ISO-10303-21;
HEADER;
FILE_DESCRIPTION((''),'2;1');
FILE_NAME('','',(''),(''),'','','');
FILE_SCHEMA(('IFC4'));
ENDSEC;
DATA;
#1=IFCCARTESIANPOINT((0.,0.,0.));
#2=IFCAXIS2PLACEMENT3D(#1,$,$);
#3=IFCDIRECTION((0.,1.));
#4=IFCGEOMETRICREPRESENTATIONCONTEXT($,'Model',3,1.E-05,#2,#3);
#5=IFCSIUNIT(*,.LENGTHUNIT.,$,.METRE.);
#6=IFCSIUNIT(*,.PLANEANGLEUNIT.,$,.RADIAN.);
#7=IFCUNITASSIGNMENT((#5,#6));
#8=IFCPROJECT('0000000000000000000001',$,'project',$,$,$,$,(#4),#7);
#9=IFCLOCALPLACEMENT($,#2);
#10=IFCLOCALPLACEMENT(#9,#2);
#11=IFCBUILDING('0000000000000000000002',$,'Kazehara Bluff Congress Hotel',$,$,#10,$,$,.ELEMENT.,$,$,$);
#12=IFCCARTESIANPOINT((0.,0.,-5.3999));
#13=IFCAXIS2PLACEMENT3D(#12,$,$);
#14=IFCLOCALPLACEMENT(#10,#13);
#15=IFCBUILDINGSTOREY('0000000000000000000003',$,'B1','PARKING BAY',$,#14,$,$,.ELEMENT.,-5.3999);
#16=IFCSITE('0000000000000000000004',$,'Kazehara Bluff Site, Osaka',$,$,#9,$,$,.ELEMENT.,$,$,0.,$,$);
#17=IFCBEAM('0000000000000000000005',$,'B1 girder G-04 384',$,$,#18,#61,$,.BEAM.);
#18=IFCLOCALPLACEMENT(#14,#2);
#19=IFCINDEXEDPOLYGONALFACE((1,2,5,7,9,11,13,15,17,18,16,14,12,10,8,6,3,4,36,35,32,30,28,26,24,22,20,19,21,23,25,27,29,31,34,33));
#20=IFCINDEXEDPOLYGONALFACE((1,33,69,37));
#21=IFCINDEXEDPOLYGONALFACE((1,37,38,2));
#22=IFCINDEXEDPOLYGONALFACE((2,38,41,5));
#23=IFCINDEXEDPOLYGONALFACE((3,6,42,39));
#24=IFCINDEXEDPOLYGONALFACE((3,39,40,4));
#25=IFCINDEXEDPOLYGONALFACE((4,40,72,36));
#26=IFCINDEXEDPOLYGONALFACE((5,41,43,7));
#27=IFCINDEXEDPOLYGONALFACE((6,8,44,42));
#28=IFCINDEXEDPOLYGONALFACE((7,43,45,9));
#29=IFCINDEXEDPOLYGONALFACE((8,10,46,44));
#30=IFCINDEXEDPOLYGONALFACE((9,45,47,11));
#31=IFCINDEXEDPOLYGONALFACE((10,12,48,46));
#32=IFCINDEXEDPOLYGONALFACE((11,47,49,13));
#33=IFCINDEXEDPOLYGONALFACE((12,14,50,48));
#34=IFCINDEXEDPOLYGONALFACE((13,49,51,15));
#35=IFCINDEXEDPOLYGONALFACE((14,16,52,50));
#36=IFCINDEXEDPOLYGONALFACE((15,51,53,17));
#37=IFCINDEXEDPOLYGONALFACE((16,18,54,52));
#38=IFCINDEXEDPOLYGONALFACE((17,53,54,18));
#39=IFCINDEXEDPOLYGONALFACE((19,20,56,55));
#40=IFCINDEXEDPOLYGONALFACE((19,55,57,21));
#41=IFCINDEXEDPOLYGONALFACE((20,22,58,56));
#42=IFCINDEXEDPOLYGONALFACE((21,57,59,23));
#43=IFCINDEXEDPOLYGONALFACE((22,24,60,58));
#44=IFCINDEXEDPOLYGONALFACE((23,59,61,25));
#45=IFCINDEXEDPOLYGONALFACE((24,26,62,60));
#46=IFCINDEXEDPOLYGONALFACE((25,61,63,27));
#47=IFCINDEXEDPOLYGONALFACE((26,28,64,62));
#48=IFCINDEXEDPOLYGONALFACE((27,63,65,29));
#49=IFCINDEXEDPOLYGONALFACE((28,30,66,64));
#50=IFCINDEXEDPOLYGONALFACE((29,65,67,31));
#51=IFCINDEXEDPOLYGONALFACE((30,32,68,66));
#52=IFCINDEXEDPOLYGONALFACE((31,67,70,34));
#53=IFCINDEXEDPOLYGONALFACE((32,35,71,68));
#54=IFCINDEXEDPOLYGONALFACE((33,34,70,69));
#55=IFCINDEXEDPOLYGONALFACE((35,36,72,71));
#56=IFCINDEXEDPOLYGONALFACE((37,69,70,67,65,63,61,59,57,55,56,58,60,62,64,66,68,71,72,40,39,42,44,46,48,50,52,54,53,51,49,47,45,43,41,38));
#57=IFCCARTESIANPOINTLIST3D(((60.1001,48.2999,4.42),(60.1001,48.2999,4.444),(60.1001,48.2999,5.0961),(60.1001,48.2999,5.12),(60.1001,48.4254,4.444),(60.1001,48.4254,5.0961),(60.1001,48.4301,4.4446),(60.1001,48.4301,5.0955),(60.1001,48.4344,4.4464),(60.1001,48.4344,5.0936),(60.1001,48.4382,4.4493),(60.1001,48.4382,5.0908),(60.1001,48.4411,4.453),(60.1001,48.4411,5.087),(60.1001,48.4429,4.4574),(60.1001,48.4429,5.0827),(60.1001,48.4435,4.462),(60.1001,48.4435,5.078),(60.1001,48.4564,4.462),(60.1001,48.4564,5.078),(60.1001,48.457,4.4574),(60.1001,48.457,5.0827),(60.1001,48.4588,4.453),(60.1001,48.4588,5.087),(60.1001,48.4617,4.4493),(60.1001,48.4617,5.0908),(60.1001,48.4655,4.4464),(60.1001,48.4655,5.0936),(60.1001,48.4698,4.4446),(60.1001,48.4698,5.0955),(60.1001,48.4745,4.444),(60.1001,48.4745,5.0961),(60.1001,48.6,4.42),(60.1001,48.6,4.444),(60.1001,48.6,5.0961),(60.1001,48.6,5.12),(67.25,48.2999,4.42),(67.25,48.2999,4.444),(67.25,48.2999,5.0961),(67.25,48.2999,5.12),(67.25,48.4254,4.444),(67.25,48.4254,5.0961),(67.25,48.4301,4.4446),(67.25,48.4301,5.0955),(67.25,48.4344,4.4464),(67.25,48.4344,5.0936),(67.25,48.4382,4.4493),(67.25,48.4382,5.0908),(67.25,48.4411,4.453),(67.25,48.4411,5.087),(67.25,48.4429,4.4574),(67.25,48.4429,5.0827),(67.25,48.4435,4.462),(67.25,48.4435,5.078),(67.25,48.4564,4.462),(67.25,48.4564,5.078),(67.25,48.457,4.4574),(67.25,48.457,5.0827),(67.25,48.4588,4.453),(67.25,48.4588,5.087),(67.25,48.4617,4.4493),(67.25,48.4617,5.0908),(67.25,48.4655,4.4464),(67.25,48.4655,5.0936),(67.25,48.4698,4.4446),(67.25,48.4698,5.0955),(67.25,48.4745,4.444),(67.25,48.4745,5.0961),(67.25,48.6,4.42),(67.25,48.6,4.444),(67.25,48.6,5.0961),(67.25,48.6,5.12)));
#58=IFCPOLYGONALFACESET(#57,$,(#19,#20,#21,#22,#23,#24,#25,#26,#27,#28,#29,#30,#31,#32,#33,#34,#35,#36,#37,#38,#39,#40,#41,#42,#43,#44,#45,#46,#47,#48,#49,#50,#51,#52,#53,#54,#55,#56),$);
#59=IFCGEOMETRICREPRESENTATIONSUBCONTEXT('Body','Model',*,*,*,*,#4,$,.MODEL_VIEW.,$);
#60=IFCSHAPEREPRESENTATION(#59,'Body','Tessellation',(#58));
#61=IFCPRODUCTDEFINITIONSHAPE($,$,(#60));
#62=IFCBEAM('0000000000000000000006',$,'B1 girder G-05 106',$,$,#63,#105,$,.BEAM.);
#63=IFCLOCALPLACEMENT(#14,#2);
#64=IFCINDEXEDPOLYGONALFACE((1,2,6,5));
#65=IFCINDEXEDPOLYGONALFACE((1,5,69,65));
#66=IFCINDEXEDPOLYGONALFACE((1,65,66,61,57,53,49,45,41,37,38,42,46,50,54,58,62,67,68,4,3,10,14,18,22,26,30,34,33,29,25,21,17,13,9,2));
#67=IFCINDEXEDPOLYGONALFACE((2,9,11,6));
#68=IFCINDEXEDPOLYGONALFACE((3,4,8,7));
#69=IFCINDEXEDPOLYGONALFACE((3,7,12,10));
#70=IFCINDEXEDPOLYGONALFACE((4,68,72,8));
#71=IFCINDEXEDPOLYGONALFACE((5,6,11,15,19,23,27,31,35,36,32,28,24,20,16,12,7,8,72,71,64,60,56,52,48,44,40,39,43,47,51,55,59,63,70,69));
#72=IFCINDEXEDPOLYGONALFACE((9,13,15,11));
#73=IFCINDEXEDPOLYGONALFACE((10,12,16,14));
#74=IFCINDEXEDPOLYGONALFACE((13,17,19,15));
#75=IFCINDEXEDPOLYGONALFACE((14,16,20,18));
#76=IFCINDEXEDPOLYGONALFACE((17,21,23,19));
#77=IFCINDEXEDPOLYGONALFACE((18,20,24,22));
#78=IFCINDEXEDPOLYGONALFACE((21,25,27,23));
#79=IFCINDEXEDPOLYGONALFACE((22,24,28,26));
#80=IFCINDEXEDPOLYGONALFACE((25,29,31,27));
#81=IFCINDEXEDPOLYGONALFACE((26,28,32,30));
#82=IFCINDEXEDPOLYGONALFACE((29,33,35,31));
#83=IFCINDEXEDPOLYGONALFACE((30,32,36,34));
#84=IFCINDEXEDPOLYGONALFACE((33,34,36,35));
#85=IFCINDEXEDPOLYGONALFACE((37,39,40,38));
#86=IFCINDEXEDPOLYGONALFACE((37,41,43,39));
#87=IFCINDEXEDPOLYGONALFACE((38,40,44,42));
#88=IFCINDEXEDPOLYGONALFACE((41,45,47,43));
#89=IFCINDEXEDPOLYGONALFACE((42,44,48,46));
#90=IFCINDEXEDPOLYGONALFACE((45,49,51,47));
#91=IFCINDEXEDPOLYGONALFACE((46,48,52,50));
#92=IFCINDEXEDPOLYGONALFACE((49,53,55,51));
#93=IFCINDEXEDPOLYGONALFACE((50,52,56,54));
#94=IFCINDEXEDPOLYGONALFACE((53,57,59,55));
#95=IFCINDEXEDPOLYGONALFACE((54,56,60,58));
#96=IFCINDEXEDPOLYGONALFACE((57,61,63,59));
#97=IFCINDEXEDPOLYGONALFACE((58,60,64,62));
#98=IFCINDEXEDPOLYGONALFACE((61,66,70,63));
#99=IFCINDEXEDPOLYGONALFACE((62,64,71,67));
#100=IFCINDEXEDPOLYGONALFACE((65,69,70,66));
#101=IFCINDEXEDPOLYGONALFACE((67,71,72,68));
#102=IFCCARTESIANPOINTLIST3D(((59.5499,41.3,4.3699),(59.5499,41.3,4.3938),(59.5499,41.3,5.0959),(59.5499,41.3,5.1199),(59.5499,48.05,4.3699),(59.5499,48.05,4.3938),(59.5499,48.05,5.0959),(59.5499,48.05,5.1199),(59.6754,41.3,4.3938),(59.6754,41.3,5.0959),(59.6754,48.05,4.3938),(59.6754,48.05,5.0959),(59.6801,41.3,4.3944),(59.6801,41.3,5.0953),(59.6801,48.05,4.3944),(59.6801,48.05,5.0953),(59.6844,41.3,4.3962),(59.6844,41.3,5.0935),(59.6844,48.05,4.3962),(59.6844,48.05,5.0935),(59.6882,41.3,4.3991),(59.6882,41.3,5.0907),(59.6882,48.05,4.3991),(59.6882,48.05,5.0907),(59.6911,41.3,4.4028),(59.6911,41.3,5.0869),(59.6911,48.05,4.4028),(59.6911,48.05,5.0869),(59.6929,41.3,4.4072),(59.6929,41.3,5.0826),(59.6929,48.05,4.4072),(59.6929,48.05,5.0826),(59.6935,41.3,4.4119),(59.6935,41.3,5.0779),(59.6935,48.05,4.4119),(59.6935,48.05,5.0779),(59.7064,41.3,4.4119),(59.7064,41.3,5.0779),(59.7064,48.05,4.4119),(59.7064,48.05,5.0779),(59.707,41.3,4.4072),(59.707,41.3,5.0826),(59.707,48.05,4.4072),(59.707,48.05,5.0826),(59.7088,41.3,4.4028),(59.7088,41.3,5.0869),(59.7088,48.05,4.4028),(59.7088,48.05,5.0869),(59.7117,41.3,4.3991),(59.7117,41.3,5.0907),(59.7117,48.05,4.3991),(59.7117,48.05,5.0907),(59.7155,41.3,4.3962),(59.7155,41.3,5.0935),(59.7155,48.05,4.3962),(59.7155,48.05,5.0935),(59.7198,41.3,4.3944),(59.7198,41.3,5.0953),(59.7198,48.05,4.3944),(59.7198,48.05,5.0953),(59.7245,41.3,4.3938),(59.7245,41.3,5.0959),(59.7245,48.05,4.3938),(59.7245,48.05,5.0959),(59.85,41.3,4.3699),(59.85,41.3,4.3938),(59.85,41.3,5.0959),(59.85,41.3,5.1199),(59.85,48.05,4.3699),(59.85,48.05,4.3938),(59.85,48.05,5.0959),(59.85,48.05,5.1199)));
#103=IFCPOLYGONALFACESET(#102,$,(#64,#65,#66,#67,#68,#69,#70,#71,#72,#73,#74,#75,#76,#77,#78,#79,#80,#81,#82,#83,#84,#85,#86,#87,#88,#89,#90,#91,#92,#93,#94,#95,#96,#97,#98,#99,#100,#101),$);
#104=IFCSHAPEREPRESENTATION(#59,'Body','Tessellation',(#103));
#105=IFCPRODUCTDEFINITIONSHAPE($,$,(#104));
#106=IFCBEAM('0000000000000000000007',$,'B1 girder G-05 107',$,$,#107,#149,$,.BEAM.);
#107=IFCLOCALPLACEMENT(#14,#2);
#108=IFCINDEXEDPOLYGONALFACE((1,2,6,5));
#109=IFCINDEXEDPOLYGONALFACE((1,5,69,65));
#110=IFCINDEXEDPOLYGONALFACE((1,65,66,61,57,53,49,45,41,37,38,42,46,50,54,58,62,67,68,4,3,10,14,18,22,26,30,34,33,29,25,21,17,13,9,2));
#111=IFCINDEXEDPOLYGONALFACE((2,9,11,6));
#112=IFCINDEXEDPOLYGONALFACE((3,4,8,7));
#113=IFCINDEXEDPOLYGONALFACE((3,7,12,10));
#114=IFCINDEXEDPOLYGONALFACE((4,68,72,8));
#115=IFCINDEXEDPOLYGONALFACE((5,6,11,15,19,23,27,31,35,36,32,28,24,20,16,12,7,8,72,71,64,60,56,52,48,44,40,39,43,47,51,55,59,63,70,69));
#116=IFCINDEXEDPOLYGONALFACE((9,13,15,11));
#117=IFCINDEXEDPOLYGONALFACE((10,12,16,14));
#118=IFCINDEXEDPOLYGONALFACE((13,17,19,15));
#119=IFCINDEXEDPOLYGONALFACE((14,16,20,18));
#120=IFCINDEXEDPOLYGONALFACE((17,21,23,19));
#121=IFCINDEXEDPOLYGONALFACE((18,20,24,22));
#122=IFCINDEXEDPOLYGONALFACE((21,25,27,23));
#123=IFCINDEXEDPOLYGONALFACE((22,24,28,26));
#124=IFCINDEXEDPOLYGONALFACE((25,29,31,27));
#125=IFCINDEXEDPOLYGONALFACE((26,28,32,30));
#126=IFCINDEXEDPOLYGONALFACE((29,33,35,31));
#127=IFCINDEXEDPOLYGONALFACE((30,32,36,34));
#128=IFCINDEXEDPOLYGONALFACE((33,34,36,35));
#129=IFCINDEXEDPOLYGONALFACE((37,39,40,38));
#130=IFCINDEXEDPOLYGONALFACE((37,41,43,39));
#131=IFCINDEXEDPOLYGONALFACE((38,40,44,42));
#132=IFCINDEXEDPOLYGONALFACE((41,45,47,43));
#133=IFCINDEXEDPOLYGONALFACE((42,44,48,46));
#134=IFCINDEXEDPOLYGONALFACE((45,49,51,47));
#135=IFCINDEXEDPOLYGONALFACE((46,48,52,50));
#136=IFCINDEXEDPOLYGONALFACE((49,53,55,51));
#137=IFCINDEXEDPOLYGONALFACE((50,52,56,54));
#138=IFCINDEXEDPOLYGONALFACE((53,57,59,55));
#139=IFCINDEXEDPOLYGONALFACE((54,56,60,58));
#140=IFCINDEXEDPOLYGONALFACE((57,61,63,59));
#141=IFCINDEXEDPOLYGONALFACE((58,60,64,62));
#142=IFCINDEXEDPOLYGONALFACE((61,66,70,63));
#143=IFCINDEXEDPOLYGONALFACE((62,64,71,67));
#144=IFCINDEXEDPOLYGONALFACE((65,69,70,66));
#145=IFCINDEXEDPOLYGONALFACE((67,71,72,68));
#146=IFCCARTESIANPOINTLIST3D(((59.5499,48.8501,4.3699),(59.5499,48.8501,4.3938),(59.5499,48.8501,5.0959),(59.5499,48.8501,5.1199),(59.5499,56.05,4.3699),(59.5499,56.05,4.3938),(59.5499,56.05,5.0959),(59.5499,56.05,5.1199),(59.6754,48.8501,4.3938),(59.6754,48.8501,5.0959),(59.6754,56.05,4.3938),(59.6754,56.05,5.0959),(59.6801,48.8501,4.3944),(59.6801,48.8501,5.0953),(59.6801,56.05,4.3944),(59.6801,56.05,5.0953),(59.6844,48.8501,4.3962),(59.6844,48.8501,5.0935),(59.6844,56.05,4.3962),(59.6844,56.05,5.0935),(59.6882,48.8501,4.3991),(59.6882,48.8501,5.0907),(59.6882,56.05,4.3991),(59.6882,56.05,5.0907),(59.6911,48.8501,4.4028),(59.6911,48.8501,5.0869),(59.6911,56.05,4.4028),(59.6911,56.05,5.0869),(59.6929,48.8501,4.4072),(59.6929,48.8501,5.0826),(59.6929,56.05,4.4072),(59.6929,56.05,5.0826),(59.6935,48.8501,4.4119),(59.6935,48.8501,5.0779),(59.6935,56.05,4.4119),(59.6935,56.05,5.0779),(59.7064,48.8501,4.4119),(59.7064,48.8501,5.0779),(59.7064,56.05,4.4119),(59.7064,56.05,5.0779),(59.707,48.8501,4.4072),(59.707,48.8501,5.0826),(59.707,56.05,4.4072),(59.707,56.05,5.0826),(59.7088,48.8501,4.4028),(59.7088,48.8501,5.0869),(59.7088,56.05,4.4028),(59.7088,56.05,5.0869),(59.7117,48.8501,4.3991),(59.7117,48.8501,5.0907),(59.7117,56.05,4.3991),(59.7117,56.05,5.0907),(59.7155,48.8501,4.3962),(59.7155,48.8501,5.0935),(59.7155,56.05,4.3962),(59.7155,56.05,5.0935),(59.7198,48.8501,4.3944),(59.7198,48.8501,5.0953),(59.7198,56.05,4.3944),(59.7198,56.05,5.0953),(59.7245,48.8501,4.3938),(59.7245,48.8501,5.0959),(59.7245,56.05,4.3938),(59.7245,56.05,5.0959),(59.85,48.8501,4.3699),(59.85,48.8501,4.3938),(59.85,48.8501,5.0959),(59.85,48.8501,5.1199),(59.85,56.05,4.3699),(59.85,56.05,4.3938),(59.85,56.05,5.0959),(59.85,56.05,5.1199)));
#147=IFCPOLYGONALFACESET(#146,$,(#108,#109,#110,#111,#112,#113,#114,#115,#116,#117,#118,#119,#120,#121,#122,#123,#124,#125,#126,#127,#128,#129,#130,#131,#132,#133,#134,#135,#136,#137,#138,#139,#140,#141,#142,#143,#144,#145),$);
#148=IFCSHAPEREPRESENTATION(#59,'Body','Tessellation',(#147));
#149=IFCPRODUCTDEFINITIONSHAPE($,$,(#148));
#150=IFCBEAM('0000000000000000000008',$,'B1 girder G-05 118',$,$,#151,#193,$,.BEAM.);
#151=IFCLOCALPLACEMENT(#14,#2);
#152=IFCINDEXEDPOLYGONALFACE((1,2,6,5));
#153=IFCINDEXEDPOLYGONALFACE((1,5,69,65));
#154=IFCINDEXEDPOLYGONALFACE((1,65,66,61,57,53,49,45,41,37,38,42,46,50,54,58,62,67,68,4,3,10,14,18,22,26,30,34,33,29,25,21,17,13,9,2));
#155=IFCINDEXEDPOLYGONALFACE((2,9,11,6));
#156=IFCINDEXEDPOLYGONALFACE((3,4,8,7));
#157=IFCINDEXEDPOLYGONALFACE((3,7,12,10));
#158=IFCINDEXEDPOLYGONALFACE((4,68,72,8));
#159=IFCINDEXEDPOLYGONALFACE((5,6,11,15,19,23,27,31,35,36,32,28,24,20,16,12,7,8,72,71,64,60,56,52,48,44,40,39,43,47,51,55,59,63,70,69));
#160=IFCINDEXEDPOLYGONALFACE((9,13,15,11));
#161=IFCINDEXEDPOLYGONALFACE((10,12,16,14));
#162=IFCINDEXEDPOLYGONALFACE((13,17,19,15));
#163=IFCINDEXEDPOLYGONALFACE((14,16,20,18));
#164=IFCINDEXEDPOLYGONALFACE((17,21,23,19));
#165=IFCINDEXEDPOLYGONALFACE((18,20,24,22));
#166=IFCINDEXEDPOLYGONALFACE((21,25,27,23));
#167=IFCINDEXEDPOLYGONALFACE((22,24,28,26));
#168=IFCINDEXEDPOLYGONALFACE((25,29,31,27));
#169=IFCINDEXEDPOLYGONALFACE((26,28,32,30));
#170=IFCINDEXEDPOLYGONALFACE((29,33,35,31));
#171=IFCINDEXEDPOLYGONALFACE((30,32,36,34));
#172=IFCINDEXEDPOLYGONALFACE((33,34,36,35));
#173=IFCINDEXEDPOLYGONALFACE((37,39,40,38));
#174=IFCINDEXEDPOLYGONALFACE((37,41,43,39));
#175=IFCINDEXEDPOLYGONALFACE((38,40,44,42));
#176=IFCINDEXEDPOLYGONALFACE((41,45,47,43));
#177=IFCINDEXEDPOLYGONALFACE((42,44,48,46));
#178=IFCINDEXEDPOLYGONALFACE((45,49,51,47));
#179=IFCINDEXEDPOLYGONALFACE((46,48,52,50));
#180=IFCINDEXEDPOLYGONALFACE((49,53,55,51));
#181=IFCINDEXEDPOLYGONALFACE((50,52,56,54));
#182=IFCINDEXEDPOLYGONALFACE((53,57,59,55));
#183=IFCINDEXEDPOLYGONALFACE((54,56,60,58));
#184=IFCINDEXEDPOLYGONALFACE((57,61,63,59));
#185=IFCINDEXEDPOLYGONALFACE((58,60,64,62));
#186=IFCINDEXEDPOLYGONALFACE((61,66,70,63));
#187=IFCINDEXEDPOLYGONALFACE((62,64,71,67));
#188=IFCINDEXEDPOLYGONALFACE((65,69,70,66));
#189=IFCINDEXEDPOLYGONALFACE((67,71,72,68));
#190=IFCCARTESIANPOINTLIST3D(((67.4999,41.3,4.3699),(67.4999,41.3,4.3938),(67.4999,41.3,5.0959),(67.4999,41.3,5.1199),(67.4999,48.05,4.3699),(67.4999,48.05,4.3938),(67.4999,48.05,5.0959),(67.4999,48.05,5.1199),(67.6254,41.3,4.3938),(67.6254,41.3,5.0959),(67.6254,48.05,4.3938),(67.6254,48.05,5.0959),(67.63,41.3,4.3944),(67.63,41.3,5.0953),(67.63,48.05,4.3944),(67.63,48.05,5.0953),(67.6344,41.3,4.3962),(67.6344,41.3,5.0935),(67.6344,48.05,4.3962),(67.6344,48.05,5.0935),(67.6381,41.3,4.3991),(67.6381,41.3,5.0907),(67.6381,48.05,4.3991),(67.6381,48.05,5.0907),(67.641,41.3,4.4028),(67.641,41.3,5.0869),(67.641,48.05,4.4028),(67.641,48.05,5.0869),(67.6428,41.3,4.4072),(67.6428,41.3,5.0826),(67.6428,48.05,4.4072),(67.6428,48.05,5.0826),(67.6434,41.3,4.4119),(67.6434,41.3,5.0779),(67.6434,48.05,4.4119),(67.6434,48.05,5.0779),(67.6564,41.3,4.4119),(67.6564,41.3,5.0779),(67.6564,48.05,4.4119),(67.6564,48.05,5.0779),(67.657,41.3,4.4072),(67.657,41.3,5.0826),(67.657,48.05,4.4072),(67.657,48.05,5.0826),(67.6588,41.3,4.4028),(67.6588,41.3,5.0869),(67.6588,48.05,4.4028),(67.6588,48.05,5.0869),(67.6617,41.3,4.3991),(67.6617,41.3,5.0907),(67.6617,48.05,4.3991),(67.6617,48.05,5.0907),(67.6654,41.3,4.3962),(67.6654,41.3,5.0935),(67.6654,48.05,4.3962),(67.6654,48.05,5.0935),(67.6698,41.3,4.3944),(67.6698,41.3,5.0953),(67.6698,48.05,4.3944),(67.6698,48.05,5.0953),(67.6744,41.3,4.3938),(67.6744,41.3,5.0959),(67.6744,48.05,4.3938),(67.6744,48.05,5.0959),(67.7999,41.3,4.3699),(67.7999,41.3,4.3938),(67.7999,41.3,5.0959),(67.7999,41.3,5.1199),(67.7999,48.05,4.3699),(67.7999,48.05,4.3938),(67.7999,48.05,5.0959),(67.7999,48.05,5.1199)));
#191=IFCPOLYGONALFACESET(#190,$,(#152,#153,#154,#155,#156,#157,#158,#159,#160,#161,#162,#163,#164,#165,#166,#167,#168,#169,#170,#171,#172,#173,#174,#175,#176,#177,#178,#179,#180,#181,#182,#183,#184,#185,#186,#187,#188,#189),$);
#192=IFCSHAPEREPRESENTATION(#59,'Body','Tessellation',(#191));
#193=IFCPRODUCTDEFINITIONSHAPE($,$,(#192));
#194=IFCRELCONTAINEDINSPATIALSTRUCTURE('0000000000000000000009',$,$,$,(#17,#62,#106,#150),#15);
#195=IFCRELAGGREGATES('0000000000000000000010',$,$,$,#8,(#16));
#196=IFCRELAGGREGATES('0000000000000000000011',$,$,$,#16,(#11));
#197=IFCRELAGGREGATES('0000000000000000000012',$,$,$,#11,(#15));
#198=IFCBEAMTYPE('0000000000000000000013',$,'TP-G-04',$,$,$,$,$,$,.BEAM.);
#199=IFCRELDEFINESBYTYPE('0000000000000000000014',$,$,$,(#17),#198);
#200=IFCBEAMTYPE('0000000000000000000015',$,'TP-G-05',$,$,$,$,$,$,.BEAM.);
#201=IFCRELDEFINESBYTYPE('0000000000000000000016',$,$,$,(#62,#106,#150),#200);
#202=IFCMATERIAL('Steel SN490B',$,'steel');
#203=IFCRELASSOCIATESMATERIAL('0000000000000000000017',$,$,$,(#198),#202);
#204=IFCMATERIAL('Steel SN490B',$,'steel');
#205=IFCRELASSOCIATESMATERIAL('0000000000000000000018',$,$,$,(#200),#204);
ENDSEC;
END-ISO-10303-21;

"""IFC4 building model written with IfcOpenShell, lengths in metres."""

from ifc_helpers import new_model, si_unit, direction, frame, origin, origin_2d, place, context, subcontext, project, spatial, i_section, extrude, material, material_profile, profile_set, type_object, element, save


model = new_model("IFC4")

# Units and contexts
model_context = context("Model", 3, precision=1e-05, world=origin(), true_north=direction((0.0, 1.0)))
body_context = subcontext(model_context, "Body", "Model", "MODEL_VIEW")
ifc_project = project(units=[si_unit("LENGTHUNIT", "METRE"), si_unit("PLANEANGLEUNIT", "RADIAN")], contexts=[model_context])

# Site, building, storey
site_placement = place(None, origin())
site = spatial("IfcSite", under=ifc_project, at=site_placement, Name="Kazehara Bluff Site, Osaka", CompositionType="ELEMENT", RefElevation=0.0)
building_placement = place(site_placement, origin())
building = spatial("IfcBuilding", under=site, at=building_placement, Name="Kazehara Bluff Congress Hotel", CompositionType="ELEMENT")
storey_placement = place(building_placement, frame((0.0, 0.0, -5.3999)))
storey = spatial("IfcBuildingStorey", under=building, at=storey_placement, Name="B1", Description="PARKING BAY", CompositionType="ELEMENT", Elevation=-5.3999)

# Beams
ifc_material_1 = material(Name="Steel SN490B", Category="steel")
ifc_material_profile_1 = material_profile(ifc_material_1, i_section(OverallWidth=0.3, OverallDepth=0.7, WebThickness=0.0129, FlangeThickness=0.0239, FilletRadius=0.0181, at=origin_2d()))
ifc_profile_set_1 = profile_set([ifc_material_profile_1], Name="Steel SN490B")
beam_type_1 = type_object("IfcBeamType", Name="TP-G-04", PredefinedType="BEAM", material=ifc_profile_set_1)
beam_1_placement = place(storey_placement, frame((60.1001, 48.45, 4.77), z_axis=(1.0, 0.0, 0.0), x_axis=(0.0, 1.0, 0.0)))
element("IfcBeam", 1, at=beam_1_placement, inside=storey, type_object=beam_type_1, Name="B1 girder G-04 384", PredefinedType="BEAM", context=body_context, shape_type="SweptSolid", body=[
    extrude(i_section(OverallWidth=0.3, OverallDepth=0.7, WebThickness=0.0129, FlangeThickness=0.0239, FilletRadius=0.0181, at=origin_2d()), origin(), (0.0, 0.0, 1.0), 7.1499),
])
ifc_material_2 = material(Name="Steel SN490B", Category="steel")
ifc_material_profile_2 = material_profile(ifc_material_2, i_section(OverallWidth=0.3, OverallDepth=0.75, WebThickness=0.0129, FlangeThickness=0.0239, FilletRadius=0.0181, at=origin_2d()))
ifc_profile_set_2 = profile_set([ifc_material_profile_2], Name="Steel SN490B")
beam_type_2 = type_object("IfcBeamType", Name="TP-G-05", PredefinedType="BEAM", material=ifc_profile_set_2)
beam_2_placement = place(storey_placement, frame((59.7, 41.3, 4.7449), z_axis=(0.0, 1.0, 0.0), x_axis=(-1.0, 0.0, 0.0)))
element("IfcBeam", 2, at=beam_2_placement, inside=storey, type_object=beam_type_2, Name="B1 girder G-05 106", PredefinedType="BEAM", context=body_context, shape_type="SweptSolid", body=[
    extrude(i_section(OverallWidth=0.3, OverallDepth=0.75, WebThickness=0.0129, FlangeThickness=0.0239, FilletRadius=0.0181, at=origin_2d()), origin(), (0.0, 0.0, 1.0), 6.75),
])
beam_3_placement = place(storey_placement, frame((59.7, 48.8501, 4.7449), z_axis=(0.0, 1.0, 0.0), x_axis=(-1.0, 0.0, 0.0)))
element("IfcBeam", 3, at=beam_3_placement, inside=storey, type_object=beam_type_2, Name="B1 girder G-05 107", PredefinedType="BEAM", context=body_context, shape_type="SweptSolid", body=[
    extrude(i_section(OverallWidth=0.3, OverallDepth=0.75, WebThickness=0.0129, FlangeThickness=0.0239, FilletRadius=0.0181, at=origin_2d()), origin(), (0.0, 0.0, 1.0), 7.2),
])
beam_4_placement = place(storey_placement, frame((67.6499, 41.3, 4.7449), z_axis=(0.0, 1.0, 0.0), x_axis=(-1.0, 0.0, 0.0)))
element("IfcBeam", 4, at=beam_4_placement, inside=storey, type_object=beam_type_2, Name="B1 girder G-05 118", PredefinedType="BEAM", context=body_context, shape_type="SweptSolid", body=[
    extrude(i_section(OverallWidth=0.3, OverallDepth=0.75, WebThickness=0.0129, FlangeThickness=0.0239, FilletRadius=0.0181, at=origin_2d()), origin(), (0.0, 0.0, 1.0), 6.75),
])

save(model, "model.ifc")
